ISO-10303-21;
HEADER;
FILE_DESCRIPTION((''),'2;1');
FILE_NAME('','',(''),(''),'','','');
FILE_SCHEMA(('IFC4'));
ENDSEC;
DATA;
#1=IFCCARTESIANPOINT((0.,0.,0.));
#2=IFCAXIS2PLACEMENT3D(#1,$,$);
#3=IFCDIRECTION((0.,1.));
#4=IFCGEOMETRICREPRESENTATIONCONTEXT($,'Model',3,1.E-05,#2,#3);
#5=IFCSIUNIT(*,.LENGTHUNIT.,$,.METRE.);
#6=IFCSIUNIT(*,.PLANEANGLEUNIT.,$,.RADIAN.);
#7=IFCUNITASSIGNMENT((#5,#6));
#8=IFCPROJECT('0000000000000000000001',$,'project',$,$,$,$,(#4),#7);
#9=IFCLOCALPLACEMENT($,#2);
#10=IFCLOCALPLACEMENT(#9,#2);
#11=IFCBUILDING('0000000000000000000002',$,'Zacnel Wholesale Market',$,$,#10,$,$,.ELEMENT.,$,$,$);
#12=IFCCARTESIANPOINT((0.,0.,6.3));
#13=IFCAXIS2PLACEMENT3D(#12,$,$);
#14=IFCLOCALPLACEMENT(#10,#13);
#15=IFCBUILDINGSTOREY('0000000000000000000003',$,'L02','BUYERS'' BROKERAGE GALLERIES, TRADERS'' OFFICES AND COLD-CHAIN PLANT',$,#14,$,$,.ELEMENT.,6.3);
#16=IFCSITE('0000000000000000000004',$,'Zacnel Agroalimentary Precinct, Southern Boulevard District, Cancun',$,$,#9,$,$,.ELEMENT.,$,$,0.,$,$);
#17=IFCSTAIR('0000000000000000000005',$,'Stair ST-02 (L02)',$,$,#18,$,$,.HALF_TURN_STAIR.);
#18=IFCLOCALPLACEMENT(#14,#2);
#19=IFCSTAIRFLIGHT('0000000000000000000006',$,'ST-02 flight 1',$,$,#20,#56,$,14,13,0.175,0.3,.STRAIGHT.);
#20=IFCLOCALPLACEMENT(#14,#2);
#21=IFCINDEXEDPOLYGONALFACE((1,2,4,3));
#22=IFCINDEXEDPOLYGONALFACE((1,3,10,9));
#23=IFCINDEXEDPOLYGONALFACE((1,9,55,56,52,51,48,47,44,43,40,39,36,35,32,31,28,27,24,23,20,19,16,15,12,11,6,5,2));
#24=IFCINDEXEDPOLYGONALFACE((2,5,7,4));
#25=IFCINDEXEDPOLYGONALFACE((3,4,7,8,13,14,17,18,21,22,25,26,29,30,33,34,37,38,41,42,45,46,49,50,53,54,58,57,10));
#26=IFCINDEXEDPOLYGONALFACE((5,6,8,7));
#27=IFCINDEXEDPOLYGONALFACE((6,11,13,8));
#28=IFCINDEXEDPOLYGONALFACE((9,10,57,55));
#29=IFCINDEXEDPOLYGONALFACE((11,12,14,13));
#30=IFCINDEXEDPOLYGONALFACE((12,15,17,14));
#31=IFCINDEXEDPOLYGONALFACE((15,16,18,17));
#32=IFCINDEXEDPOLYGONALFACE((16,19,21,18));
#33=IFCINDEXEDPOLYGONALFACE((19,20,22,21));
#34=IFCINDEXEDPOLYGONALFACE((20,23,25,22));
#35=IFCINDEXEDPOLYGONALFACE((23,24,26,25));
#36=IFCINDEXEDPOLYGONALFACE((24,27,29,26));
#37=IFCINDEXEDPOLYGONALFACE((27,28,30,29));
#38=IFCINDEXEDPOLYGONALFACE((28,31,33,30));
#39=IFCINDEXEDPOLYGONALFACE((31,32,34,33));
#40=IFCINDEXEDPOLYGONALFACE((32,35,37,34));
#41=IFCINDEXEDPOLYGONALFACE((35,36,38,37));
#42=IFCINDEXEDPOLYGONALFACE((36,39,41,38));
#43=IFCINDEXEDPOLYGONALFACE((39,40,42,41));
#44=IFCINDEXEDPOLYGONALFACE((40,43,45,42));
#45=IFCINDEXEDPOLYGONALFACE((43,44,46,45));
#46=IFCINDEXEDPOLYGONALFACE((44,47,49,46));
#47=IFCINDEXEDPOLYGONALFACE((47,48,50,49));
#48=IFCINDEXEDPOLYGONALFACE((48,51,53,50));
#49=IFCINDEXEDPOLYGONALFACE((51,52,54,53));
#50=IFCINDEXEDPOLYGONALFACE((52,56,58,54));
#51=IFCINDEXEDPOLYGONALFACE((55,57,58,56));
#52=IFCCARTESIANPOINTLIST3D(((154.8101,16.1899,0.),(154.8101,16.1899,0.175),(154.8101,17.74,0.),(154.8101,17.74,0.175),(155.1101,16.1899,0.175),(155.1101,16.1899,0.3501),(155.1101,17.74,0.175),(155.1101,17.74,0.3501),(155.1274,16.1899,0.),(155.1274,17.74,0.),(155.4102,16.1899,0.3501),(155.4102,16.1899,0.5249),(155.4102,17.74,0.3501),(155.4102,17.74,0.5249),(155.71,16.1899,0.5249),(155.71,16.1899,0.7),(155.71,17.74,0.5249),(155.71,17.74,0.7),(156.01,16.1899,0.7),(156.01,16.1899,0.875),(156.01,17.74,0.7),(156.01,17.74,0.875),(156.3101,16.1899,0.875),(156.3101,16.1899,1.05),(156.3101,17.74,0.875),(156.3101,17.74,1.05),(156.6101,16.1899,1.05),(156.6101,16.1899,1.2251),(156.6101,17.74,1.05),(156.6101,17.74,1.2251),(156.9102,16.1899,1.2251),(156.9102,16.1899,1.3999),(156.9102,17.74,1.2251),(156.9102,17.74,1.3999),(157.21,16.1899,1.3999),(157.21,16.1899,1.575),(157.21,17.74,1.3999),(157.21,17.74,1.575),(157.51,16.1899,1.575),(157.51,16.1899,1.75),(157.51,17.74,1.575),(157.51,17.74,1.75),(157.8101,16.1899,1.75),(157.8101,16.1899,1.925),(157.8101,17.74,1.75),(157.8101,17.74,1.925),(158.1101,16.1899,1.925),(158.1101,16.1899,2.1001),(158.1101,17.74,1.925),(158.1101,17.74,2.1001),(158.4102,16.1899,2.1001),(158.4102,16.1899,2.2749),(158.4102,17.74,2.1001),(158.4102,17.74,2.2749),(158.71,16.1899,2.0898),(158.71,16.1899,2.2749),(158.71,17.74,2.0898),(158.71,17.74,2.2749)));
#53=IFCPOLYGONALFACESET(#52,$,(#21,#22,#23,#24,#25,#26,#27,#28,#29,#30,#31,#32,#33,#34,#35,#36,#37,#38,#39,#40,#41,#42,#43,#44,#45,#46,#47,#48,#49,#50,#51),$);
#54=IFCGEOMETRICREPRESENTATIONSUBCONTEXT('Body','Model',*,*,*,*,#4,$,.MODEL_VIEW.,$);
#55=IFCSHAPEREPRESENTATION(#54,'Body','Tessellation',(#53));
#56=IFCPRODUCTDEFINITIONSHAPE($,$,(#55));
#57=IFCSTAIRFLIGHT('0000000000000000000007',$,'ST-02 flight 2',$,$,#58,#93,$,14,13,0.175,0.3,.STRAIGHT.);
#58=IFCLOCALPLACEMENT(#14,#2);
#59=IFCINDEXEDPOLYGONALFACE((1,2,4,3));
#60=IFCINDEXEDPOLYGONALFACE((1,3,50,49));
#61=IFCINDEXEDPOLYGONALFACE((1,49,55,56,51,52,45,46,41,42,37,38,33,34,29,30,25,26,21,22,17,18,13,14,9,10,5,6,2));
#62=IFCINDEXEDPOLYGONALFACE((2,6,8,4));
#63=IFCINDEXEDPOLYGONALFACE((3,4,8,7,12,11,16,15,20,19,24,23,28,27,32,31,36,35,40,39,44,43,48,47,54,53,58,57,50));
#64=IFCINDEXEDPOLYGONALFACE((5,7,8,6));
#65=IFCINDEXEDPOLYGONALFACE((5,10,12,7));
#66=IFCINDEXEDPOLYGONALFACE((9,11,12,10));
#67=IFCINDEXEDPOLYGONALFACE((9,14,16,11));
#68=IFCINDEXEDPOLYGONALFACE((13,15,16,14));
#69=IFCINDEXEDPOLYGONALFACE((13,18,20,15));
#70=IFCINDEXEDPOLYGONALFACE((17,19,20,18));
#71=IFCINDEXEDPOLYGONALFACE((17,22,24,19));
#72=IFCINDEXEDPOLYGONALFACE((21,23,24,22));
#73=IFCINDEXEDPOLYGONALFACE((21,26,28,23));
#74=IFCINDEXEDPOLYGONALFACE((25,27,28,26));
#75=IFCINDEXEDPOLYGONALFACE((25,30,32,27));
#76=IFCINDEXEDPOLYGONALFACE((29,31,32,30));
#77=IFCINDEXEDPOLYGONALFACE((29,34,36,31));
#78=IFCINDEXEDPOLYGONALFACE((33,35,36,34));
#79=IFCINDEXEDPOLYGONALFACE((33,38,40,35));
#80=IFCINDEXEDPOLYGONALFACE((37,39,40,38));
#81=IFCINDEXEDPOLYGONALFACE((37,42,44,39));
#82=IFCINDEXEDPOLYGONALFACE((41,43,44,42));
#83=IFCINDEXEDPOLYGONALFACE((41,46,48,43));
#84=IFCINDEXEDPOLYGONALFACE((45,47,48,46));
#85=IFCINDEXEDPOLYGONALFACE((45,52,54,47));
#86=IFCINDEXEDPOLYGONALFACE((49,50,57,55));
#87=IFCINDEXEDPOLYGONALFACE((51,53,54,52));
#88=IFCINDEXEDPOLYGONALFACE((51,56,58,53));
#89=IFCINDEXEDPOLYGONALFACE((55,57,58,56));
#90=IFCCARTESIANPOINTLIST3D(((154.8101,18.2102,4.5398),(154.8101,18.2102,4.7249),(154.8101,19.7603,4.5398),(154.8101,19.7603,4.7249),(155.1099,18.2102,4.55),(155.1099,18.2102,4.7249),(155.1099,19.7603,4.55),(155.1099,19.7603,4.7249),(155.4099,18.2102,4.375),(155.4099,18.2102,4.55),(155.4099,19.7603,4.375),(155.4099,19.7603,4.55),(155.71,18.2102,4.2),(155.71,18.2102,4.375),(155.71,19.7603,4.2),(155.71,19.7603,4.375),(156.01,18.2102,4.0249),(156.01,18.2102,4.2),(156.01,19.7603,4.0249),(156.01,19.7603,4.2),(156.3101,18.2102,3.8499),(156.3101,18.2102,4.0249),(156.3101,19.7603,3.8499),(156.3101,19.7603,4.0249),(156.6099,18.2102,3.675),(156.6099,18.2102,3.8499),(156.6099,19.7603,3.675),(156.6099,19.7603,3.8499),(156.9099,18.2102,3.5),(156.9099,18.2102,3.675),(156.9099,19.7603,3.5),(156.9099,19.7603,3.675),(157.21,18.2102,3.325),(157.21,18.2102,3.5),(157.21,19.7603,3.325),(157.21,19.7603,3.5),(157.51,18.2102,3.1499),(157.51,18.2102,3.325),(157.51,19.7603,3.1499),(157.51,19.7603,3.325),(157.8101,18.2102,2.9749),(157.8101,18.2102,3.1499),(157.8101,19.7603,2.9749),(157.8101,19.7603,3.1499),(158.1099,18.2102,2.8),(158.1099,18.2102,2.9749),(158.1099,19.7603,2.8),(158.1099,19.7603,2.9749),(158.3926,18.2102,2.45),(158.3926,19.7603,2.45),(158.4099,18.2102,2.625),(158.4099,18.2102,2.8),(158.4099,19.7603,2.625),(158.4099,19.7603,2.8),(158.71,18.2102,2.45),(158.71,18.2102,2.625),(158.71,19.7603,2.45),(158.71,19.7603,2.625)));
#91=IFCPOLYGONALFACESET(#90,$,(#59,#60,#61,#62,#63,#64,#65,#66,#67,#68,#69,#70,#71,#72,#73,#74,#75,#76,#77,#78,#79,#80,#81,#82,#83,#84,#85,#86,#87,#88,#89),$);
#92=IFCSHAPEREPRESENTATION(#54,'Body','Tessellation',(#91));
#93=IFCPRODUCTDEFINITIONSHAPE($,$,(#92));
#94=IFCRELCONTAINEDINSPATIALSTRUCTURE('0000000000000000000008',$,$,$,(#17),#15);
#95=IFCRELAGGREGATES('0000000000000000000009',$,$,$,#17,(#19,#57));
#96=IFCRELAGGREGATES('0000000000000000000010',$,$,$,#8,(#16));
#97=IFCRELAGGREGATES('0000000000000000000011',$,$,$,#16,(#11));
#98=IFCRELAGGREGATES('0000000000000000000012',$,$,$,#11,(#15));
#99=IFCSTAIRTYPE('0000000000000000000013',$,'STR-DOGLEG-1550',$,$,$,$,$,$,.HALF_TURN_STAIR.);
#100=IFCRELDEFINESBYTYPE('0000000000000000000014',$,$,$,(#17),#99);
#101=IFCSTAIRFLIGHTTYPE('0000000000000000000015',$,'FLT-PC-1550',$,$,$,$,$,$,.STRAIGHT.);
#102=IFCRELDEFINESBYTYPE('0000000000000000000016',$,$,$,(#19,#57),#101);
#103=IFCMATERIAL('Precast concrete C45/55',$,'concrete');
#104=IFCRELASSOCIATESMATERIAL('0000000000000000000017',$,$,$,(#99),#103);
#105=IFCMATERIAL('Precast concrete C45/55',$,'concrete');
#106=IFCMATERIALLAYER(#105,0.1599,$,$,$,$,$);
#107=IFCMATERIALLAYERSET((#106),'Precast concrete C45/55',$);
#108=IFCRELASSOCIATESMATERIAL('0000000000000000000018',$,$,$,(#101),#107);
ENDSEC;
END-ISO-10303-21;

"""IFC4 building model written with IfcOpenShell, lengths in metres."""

from ifc_helpers import new_model, si_unit, direction, frame, origin, place, context, subcontext, project, spatial, polyline, outline, extrude, material, layer, layer_set, type_object, element, aggregate, save


model = new_model("IFC4")

# Units and contexts
model_context = context("Model", 3, precision=1e-05, world=origin(), true_north=direction((0.0, 1.0)))
body_context = subcontext(model_context, "Body", "Model", "MODEL_VIEW")
ifc_project = project(units=[si_unit("LENGTHUNIT", "METRE"), si_unit("PLANEANGLEUNIT", "RADIAN")], contexts=[model_context])

# Site, building, storey
site_placement = place(None, origin())
site = spatial("IfcSite", under=ifc_project, at=site_placement, Name="Zacnel Agroalimentary Precinct, Southern Boulevard District, Cancun", CompositionType="ELEMENT", RefElevation=0.0)
building_placement = place(site_placement, origin())
building = spatial("IfcBuilding", under=site, at=building_placement, Name="Zacnel Wholesale Market", CompositionType="ELEMENT")
storey_placement = place(building_placement, frame((0.0, 0.0, 6.3)))
storey = spatial("IfcBuildingStorey", under=building, at=storey_placement, Name="L02", Description="BUYERS' BROKERAGE GALLERIES, TRADERS' OFFICES AND COLD-CHAIN PLANT", CompositionType="ELEMENT", Elevation=6.3)

# Stair, stair flights
ifc_material_1 = material(Name="Precast concrete C45/55", Category="concrete")
stair_type = type_object("IfcStairType", Name="STR-DOGLEG-1550", PredefinedType="HALF_TURN_STAIR", material=ifc_material_1)
stair_placement = place(storey_placement, origin())
stair = element("IfcStair", 1, at=stair_placement, inside=storey, type_object=stair_type, Name="Stair ST-02 (L02)", PredefinedType="HALF_TURN_STAIR")
ifc_material_2 = material(Name="Precast concrete C45/55", Category="concrete")
ifc_layer_1 = layer(ifc_material_2, 0.1599)
ifc_layer_set_1 = layer_set([ifc_layer_1], Name="Precast concrete C45/55")
stair_flight_type = type_object("IfcStairFlightType", Name="FLT-PC-1550", PredefinedType="STRAIGHT", material=ifc_layer_set_1)
stair_flight_1_placement = place(storey_placement, frame((154.8101, 16.9651, 0.0), z_axis=(0.0, 0.0, 1.0), x_axis=(1.0, 0.0, 0.0)))
stair_flight_1 = element("IfcStairFlight", 2, at=stair_flight_1_placement, type_object=stair_flight_type, Name="ST-02 flight 1", NumberOfRisers=14, NumberOfTreads=13, PredefinedType="STRAIGHT", RiserHeight=0.175, TreadLength=0.3, context=body_context, shape_type="SweptSolid", body=[
    extrude(outline(polyline([(0.0, 0.0), (0.0, 0.175), (0.3, 0.175), (0.3, 0.3501), (0.6001, 0.3501), (0.6001, 0.5249), (0.8999, 0.5249), (0.8999, 0.7), (1.2, 0.7), (1.2, 0.875), (1.5, 0.875), (1.5, 1.05), (1.8, 1.05), (1.8, 1.2251), (2.1001, 1.2251), (2.1001, 1.3999), (2.3999, 1.3999), (2.3999, 1.575), (2.7, 1.575), (2.7, 1.75), (3.0, 1.75), (3.0, 1.925), (3.3, 1.925), (3.3, 2.1001), (3.6001, 2.1001), (3.6001, 2.2749), (3.8999, 2.2749), (3.8999, 2.45), (3.8999, 2.0898), (0.3174, 0.0), (0.0, 0.0)])), frame((0.0, 0.7749, 0.0), z_axis=(0.0, -1.0, 0.0), x_axis=(1.0, 0.0, 0.0)), (0.0, 0.0, 1.0), 1.55),
])
stair_flight_2_placement = place(storey_placement, frame((158.71, 18.9851, 2.45), z_axis=(0.0, 0.0, 1.0), x_axis=(-1.0, 0.0, 0.0)))
stair_flight_2 = element("IfcStairFlight", 3, at=stair_flight_2_placement, type_object=stair_flight_type, Name="ST-02 flight 2", NumberOfRisers=14, NumberOfTreads=13, PredefinedType="STRAIGHT", RiserHeight=0.175, TreadLength=0.3, context=body_context, shape_type="SweptSolid", body=[
    extrude(outline(polyline([(0.0, 0.0), (0.0, 0.175), (0.3, 0.175), (0.3, 0.3501), (0.6001, 0.3501), (0.6001, 0.5249), (0.8999, 0.5249), (0.8999, 0.7), (1.2, 0.7), (1.2, 0.875), (1.5, 0.875), (1.5, 1.05), (1.8, 1.05), (1.8, 1.2251), (2.1001, 1.2251), (2.1001, 1.3999), (2.3999, 1.3999), (2.3999, 1.575), (2.7, 1.575), (2.7, 1.75), (3.0, 1.75), (3.0, 1.925), (3.3, 1.925), (3.3, 2.1001), (3.6001, 2.1001), (3.6001, 2.2749), (3.8999, 2.2749), (3.8999, 2.45), (3.8999, 2.0898), (0.3174, 0.0), (0.0, 0.0)])), frame((0.0, 0.7749, 0.0), z_axis=(0.0, -1.0, 0.0), x_axis=(1.0, 0.0, 0.0)), (0.0, 0.0, 1.0), 1.55),
])
aggregate(stair, [stair_flight_1, stair_flight_2])

save(model, "model.ifc")
